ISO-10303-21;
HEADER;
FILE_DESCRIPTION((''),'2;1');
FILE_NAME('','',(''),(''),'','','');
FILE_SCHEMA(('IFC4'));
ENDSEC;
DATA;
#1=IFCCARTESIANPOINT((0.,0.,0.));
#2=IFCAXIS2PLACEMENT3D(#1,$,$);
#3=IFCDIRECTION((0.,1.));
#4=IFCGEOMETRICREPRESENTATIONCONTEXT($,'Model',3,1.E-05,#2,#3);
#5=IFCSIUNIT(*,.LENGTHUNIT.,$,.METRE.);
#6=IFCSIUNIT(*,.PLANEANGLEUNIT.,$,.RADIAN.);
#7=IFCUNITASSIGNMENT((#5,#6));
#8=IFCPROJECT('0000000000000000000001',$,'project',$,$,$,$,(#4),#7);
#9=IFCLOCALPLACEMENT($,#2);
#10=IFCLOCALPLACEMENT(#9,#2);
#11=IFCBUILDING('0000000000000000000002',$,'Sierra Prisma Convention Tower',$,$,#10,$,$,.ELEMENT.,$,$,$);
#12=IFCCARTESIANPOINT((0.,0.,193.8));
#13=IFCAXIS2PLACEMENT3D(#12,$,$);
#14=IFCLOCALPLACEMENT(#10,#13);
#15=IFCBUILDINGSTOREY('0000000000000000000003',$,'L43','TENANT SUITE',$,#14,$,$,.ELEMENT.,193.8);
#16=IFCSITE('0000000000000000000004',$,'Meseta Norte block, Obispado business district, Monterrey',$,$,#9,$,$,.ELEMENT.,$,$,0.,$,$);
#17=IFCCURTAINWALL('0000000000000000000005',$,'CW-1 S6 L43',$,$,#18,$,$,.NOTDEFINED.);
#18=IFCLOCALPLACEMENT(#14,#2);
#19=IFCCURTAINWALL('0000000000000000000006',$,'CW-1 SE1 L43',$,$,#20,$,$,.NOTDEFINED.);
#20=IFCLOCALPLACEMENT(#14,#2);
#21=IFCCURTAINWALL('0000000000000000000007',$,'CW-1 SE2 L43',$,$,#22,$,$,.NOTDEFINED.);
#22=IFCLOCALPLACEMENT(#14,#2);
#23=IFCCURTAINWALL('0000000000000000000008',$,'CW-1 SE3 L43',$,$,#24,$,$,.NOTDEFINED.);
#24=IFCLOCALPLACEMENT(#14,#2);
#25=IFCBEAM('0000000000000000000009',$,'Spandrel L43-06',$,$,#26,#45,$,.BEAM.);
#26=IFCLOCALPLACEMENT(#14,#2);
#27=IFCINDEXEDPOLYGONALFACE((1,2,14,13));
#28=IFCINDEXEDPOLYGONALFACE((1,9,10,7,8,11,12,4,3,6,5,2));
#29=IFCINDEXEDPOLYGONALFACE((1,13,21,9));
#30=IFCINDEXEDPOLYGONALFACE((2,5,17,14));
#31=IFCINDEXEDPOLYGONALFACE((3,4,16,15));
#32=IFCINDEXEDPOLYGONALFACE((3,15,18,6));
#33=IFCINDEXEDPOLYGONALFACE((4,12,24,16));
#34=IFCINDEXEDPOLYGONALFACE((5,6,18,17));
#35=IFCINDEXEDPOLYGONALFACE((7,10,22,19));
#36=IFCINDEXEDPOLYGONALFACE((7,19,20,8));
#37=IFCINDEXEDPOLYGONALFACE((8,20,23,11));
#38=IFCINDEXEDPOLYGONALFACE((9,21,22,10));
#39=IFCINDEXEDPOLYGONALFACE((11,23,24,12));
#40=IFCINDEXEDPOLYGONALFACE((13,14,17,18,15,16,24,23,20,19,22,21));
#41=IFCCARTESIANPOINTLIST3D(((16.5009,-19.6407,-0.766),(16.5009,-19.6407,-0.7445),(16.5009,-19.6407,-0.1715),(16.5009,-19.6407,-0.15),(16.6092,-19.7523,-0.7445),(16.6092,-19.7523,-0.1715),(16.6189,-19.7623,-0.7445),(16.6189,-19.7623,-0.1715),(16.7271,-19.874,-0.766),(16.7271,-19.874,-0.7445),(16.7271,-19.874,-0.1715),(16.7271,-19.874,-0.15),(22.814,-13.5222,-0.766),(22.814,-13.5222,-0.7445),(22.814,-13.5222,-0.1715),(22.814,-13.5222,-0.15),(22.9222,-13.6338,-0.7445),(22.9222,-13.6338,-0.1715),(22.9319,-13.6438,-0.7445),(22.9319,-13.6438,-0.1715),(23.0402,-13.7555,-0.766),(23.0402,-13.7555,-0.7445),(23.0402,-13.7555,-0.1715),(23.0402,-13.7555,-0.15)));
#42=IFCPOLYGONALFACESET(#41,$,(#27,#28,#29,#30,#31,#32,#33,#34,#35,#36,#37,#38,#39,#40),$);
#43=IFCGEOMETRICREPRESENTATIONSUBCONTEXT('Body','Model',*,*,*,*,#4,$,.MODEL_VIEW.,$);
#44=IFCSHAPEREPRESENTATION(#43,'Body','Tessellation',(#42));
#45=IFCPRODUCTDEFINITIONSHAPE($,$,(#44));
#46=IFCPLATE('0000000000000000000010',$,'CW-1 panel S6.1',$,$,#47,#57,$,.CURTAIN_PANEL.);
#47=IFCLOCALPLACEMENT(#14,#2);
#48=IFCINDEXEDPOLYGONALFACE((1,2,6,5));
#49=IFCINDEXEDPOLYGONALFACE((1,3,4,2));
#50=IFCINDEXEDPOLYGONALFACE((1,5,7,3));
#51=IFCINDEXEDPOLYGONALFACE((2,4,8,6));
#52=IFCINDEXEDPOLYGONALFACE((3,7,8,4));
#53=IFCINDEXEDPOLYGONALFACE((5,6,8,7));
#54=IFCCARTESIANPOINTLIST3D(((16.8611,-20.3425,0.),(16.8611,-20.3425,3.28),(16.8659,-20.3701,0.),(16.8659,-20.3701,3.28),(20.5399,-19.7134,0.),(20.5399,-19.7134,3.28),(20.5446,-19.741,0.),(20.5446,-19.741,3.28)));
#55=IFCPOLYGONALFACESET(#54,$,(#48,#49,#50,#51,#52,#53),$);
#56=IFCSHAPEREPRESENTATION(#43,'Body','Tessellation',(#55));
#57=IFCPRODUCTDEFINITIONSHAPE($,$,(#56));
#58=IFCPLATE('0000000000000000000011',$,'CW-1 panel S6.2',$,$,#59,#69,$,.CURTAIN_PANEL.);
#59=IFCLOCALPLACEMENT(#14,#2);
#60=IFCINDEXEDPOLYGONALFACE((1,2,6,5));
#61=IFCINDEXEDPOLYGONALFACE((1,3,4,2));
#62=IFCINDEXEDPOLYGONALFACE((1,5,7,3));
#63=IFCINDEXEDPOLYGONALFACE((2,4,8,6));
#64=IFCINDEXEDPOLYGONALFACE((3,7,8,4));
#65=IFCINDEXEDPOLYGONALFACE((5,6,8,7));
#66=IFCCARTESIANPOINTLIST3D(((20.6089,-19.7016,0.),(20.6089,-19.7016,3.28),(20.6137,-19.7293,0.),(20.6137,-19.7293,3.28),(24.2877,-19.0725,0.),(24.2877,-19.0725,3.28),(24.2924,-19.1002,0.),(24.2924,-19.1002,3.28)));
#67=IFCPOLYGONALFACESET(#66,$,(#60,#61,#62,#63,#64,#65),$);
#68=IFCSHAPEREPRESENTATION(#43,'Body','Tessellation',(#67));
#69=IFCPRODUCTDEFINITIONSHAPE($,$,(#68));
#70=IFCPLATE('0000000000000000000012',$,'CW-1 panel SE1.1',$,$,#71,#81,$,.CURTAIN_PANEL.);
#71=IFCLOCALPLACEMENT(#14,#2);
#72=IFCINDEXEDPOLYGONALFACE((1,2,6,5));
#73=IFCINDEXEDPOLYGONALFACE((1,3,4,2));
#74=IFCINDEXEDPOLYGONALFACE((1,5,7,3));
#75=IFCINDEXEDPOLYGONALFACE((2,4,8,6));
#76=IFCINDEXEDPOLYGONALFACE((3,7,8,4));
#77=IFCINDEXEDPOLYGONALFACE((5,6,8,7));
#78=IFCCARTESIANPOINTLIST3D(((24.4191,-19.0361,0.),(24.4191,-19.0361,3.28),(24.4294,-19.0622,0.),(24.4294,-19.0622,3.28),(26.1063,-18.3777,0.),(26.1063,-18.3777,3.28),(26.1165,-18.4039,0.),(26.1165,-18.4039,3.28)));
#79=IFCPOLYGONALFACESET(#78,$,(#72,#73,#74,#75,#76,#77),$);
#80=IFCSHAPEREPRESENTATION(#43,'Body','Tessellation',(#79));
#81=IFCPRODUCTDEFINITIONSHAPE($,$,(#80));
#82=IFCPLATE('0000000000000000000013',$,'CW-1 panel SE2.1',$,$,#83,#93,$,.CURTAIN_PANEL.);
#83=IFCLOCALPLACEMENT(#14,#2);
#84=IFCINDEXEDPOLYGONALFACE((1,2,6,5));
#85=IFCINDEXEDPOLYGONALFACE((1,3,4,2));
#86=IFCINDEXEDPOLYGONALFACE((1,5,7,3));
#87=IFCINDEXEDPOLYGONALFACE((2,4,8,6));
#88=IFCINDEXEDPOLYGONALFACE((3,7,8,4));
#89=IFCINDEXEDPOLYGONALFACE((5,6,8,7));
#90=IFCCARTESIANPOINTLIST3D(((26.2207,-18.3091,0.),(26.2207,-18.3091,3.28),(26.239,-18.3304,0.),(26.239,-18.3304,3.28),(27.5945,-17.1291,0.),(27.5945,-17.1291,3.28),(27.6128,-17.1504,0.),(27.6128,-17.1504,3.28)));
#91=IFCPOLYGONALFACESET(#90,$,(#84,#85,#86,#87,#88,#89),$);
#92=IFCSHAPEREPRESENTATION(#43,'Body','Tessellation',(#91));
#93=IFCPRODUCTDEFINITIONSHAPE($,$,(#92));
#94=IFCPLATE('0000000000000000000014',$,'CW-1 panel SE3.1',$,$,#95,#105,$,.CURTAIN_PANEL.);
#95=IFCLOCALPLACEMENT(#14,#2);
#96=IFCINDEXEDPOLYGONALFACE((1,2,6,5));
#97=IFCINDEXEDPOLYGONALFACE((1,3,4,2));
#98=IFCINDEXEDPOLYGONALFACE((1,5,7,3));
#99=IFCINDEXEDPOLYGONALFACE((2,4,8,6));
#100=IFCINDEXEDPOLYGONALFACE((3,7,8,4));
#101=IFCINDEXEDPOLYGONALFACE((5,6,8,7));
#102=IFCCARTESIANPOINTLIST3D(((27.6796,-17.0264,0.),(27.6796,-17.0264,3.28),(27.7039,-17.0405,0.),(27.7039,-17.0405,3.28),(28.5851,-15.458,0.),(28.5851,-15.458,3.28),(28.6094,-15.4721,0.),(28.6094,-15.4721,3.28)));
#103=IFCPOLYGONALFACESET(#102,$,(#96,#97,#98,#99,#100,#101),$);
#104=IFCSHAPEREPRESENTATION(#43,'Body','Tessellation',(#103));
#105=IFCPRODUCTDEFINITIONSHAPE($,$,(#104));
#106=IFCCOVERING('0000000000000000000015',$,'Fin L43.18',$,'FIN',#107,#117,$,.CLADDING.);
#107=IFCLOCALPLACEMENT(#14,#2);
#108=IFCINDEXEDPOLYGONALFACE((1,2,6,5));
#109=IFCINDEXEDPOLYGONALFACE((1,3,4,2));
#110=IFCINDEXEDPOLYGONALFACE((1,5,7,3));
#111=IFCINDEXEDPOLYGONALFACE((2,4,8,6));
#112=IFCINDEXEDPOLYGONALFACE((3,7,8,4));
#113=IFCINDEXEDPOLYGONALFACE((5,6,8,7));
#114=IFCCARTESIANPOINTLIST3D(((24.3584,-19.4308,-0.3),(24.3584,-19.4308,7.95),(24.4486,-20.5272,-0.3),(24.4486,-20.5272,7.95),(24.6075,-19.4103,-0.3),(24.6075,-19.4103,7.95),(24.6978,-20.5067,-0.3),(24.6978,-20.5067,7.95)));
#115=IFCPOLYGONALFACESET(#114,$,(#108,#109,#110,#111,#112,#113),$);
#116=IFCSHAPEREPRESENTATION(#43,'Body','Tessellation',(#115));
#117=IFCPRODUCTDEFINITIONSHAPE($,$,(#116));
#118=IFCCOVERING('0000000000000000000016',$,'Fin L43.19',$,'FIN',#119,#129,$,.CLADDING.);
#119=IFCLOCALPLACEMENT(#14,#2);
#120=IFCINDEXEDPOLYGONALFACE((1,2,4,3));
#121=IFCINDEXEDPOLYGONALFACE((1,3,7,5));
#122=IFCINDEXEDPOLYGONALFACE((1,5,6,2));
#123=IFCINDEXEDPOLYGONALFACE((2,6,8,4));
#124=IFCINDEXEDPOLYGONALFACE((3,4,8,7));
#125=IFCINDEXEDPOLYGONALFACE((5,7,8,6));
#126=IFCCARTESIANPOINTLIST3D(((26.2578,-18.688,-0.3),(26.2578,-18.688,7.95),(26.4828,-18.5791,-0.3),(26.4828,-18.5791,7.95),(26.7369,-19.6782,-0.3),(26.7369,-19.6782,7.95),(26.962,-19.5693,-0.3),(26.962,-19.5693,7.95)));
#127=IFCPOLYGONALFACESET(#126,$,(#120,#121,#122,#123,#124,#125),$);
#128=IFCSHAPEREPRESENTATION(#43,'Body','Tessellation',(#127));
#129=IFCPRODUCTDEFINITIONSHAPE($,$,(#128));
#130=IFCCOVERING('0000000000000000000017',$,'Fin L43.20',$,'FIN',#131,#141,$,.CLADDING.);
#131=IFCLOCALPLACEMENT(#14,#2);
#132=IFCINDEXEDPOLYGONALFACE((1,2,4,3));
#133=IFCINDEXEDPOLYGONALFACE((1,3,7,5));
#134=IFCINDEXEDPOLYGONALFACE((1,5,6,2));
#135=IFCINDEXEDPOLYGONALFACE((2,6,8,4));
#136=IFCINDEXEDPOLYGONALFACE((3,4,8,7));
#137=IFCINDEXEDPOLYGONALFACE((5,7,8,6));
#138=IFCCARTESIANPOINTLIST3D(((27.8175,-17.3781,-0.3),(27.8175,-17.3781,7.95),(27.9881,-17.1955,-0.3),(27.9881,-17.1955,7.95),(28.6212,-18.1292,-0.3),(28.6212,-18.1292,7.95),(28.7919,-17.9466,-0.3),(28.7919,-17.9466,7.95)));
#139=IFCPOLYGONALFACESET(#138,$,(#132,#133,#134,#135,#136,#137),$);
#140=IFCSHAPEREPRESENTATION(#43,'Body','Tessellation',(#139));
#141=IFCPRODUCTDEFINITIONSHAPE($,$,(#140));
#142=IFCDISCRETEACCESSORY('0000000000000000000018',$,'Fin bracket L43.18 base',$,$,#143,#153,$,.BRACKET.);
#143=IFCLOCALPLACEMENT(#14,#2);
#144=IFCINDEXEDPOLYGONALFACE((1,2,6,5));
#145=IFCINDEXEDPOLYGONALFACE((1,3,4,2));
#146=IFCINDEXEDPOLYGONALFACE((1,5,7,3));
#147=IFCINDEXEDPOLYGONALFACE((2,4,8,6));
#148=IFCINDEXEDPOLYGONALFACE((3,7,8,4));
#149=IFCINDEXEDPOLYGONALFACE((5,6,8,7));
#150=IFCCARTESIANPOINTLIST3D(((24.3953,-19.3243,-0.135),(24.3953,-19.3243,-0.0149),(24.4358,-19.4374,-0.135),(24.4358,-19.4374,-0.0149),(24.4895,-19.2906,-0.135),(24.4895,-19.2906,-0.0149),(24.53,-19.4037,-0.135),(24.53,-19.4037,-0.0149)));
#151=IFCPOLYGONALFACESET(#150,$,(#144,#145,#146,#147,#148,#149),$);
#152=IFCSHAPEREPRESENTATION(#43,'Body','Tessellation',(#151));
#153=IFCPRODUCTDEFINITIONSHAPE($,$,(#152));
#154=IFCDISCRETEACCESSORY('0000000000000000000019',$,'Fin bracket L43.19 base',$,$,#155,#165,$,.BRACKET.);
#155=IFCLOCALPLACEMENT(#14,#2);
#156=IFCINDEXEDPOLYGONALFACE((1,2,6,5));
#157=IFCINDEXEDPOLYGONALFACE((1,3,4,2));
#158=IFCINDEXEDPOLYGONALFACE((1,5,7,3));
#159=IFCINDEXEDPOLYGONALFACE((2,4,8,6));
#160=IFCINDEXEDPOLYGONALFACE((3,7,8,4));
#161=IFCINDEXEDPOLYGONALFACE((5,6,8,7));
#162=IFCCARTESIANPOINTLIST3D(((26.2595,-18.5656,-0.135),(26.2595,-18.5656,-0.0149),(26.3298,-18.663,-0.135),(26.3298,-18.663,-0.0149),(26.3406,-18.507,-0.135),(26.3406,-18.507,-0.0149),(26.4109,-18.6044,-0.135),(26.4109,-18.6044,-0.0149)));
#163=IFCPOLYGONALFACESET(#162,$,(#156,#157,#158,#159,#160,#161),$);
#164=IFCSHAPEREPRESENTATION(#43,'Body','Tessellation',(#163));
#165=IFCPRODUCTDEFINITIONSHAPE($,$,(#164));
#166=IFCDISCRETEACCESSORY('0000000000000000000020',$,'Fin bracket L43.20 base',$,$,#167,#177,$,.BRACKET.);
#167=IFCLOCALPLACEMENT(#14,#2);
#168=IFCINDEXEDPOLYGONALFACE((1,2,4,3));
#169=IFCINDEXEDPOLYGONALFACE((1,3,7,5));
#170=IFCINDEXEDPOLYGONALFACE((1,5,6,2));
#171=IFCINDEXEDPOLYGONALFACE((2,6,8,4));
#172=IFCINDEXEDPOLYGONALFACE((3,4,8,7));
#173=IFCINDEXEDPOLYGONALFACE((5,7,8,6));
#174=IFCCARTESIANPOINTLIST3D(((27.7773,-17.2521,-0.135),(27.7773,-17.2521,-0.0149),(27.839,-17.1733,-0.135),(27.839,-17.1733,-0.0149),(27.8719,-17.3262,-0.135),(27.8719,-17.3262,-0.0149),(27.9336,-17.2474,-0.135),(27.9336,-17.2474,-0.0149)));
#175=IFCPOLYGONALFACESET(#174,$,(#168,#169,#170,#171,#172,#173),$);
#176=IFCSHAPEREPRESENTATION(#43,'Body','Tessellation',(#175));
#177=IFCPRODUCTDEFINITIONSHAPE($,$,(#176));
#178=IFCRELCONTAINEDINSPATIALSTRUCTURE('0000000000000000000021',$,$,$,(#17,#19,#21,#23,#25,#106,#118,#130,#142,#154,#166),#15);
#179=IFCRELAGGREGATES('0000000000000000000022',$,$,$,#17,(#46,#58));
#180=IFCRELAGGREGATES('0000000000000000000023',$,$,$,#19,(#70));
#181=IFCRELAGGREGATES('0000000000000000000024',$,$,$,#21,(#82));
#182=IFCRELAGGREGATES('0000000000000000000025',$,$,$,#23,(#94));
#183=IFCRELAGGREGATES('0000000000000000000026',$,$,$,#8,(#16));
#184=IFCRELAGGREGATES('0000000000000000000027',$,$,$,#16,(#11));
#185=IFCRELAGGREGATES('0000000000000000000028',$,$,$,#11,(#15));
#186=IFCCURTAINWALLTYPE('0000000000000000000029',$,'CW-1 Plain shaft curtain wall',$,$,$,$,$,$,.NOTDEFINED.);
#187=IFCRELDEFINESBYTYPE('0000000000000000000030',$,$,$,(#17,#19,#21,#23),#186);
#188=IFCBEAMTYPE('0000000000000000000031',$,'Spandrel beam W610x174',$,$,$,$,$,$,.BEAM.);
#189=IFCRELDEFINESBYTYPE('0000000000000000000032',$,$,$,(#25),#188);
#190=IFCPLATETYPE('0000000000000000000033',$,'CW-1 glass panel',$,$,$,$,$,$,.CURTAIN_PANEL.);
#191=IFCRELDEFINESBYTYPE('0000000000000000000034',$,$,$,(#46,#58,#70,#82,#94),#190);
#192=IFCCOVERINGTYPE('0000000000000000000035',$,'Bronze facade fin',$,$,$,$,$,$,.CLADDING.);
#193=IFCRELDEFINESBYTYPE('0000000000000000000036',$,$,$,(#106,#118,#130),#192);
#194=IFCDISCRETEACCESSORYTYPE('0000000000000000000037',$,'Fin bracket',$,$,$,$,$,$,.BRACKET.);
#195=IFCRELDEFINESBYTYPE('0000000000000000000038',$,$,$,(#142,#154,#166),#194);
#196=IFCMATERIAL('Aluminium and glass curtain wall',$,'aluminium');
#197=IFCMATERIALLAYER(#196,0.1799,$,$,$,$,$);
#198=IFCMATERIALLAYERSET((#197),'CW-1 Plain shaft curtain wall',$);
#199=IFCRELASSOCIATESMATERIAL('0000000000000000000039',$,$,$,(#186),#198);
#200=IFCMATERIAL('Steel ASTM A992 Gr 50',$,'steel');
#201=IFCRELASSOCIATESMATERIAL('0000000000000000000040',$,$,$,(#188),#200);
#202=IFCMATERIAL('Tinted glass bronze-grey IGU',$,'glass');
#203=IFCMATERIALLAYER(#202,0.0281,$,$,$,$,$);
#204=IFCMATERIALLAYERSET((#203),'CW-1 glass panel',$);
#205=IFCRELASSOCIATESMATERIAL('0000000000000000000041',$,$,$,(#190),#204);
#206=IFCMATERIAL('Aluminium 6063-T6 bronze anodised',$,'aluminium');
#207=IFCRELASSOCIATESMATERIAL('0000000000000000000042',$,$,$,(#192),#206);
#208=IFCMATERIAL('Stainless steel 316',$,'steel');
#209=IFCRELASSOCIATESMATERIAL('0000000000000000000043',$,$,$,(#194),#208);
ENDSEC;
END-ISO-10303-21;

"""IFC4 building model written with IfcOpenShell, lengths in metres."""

from ifc_helpers import new_model, si_unit, direction, frame, origin, origin_2d, place, context, subcontext, project, spatial, rectangle, i_section, extrude, material, layer, layer_set, material_profile, profile_set, type_object, element, aggregate, save


model = new_model("IFC4")

# Units and contexts
model_context = context("Model", 3, precision=1e-05, world=origin(), true_north=direction((0.0, 1.0)))
body_context = subcontext(model_context, "Body", "Model", "MODEL_VIEW")
ifc_project = project(units=[si_unit("LENGTHUNIT", "METRE"), si_unit("PLANEANGLEUNIT", "RADIAN")], contexts=[model_context])

# Site, building, storey
site_placement = place(None, origin())
site = spatial("IfcSite", under=ifc_project, at=site_placement, Name="Meseta Norte block, Obispado business district, Monterrey", CompositionType="ELEMENT", RefElevation=0.0)
building_placement = place(site_placement, origin())
building = spatial("IfcBuilding", under=site, at=building_placement, Name="Sierra Prisma Convention Tower", CompositionType="ELEMENT")
storey_placement = place(building_placement, frame((0.0, 0.0, 193.8)))
storey = spatial("IfcBuildingStorey", under=building, at=storey_placement, Name="L43", Description="TENANT SUITE", CompositionType="ELEMENT", Elevation=193.8)

# Curtain walls
ifc_material_1 = material(Name="Aluminium and glass curtain wall", Category="aluminium")
ifc_layer_1 = layer(ifc_material_1, 0.1799)
ifc_layer_set_1 = layer_set([ifc_layer_1], Name="CW-1 Plain shaft curtain wall")
curtain_wall_type = type_object("IfcCurtainWallType", Name="CW-1 Plain shaft curtain wall", PredefinedType="NOTDEFINED", material=ifc_layer_set_1)
curtain_wall_1_placement = place(storey_placement, origin())
curtain_wall_1 = element("IfcCurtainWall", 1, at=curtain_wall_1_placement, inside=storey, type_object=curtain_wall_type, Name="CW-1 S6 L43", PredefinedType="NOTDEFINED")
curtain_wall_2_placement = place(storey_placement, origin())
curtain_wall_2 = element("IfcCurtainWall", 2, at=curtain_wall_2_placement, inside=storey, type_object=curtain_wall_type, Name="CW-1 SE1 L43", PredefinedType="NOTDEFINED")
curtain_wall_3_placement = place(storey_placement, origin())
curtain_wall_3 = element("IfcCurtainWall", 3, at=curtain_wall_3_placement, inside=storey, type_object=curtain_wall_type, Name="CW-1 SE2 L43", PredefinedType="NOTDEFINED")
curtain_wall_4_placement = place(storey_placement, origin())
curtain_wall_4 = element("IfcCurtainWall", 4, at=curtain_wall_4_placement, inside=storey, type_object=curtain_wall_type, Name="CW-1 SE3 L43", PredefinedType="NOTDEFINED")

# Beam
ifc_material_2 = material(Name="Steel ASTM A992 Gr 50", Category="steel")
ifc_material_profile_1 = material_profile(ifc_material_2, i_section(OverallWidth=0.325, OverallDepth=0.616, WebThickness=0.0139, FlangeThickness=0.0215, at=origin_2d()), Name="W610x174")
ifc_profile_set_1 = profile_set([ifc_material_profile_1], Name="Steel ASTM A992 Gr 50")
beam_type_1 = type_object("IfcBeamType", Name="Spandrel beam W610x174", PredefinedType="BEAM", material=ifc_profile_set_1)
beam_1_placement = place(storey_placement, frame((16.614, -19.7573, -0.458), z_axis=(0.718087, 0.695954, 0.0), x_axis=(-0.695954, 0.718087, 0.0)))
element("IfcBeam", 5, at=beam_1_placement, inside=storey, type_object=beam_type_1, Name="Spandrel L43-06", PredefinedType="BEAM", context=body_context, shape_type="SweptSolid", body=[
    extrude(i_section(OverallWidth=0.325, OverallDepth=0.616, WebThickness=0.0139, FlangeThickness=0.0215, at=origin_2d()), origin(), (0.0, 0.0, 1.0), 8.7915),
])

# Plates
ifc_material_3 = material(Name="Tinted glass bronze-grey IGU", Category="glass")
ifc_layer_2 = layer(ifc_material_3, 0.0281)
ifc_layer_set_2 = layer_set([ifc_layer_2], Name="CW-1 glass panel")
plate_type = type_object("IfcPlateType", Name="CW-1 glass panel", PredefinedType="CURTAIN_PANEL", material=ifc_layer_set_2)
plate_1_placement = place(storey_placement, frame((18.7029, -20.0417, 0.0), z_axis=(0.0, 0.0, 1.0), x_axis=(0.985691, 0.168563, 0.0)))
plate_1 = element("IfcPlate", 6, at=plate_1_placement, type_object=plate_type, Name="CW-1 panel S6.1", PredefinedType="CURTAIN_PANEL", context=body_context, shape_type="SweptSolid", body=[
    extrude(rectangle(XDim=3.7322, YDim=0.0281, at=origin_2d()), origin(), (0.0, 0.0, 1.0), 3.28),
])
plate_2_placement = place(storey_placement, frame((22.4507, -19.4009, 0.0), z_axis=(0.0, 0.0, 1.0), x_axis=(0.985691, 0.168563, 0.0)))
plate_2 = element("IfcPlate", 7, at=plate_2_placement, type_object=plate_type, Name="CW-1 panel S6.2", PredefinedType="CURTAIN_PANEL", context=body_context, shape_type="SweptSolid", body=[
    extrude(rectangle(XDim=3.7322, YDim=0.0281, at=origin_2d()), origin(), (0.0, 0.0, 1.0), 3.28),
])
aggregate(curtain_wall_1, [plate_1, plate_2])
plate_3_placement = place(storey_placement, frame((25.2678, -18.72, 0.0), z_axis=(0.0, 0.0, 1.0), x_axis=(0.931589, 0.363513, 0.0)))
plate_3 = element("IfcPlate", 8, at=plate_3_placement, type_object=plate_type, Name="CW-1 panel SE1.1", PredefinedType="CURTAIN_PANEL", context=body_context, shape_type="SweptSolid", body=[
    extrude(rectangle(XDim=1.811, YDim=0.0281, at=origin_2d()), origin(), (0.0, 0.0, 1.0), 3.28),
])
aggregate(curtain_wall_2, [plate_3])
plate_4_placement = place(storey_placement, frame((26.9167, -17.7297, 0.0), z_axis=(0.0, 0.0, 1.0), x_axis=(0.758612, 0.651543, 0.0)))
plate_4 = element("IfcPlate", 9, at=plate_4_placement, type_object=plate_type, Name="CW-1 panel SE2.1", PredefinedType="CURTAIN_PANEL", context=body_context, shape_type="SweptSolid", body=[
    extrude(rectangle(XDim=1.811, YDim=0.0281, at=origin_2d()), origin(), (0.0, 0.0, 1.0), 3.28),
])
aggregate(curtain_wall_3, [plate_4])
plate_5_placement = place(storey_placement, frame((28.1445, -16.2493, 0.0), z_axis=(0.0, 0.0, 1.0), x_axis=(0.5, 0.866025, 0.0)))
plate_5 = element("IfcPlate", 10, at=plate_5_placement, type_object=plate_type, Name="CW-1 panel SE3.1", PredefinedType="CURTAIN_PANEL", context=body_context, shape_type="SweptSolid", body=[
    extrude(rectangle(XDim=1.811, YDim=0.0281, at=origin_2d()), origin(), (0.0, 0.0, 1.0), 3.28),
])
aggregate(curtain_wall_4, [plate_5])

# Coverings
ifc_material_4 = material(Name="Aluminium 6063-T6 bronze anodised", Category="aluminium")
ifc_material_profile_2 = material_profile(ifc_material_4, rectangle(XDim=1.1001, YDim=0.25, at=origin_2d()), Name="ALU FIN 1100x250")
ifc_profile_set_2 = profile_set([ifc_material_profile_2], Name="Aluminium 6063-T6 bronze anodised")
covering_type = type_object("IfcCoveringType", Name="Bronze facade fin", PredefinedType="CLADDING", material=ifc_profile_set_2)
for number, where, z_axis, x_axis, name in (
    (11, (24.5281, -19.9688, -0.3), (0.0, 0.0, 1.0), (0.082013, -0.996631, 0.0), "Fin L43.18"),
    (12, (26.6099, -19.1287, -0.3), (0.0, 0.0, 1.0), (0.435586, -0.900147, 0.0), "Fin L43.19"),
    (13, (28.3047, -17.6624, -0.3), (0.0, 0.0, 1.0), (0.730649, -0.682753, 0.0), "Fin L43.20"),
):
    element("IfcCovering", number, at=place(storey_placement, frame(where, z_axis=z_axis, x_axis=x_axis)), inside=storey, type_object=covering_type, Name=name, ObjectType="FIN", PredefinedType="CLADDING", context=body_context, shape_type="SweptSolid", body=[
        extrude(rectangle(XDim=1.1001, YDim=0.25, at=origin_2d()), origin(), (0.0, 0.0, 1.0), 8.25),
    ])

# Discrete accessories
ifc_material_5 = material(Name="Stainless steel 316", Category="steel")
discrete_accessory_type = type_object("IfcDiscreteAccessoryType", Name="Fin bracket", PredefinedType="BRACKET", material=ifc_material_5)
for number, where, z_axis, x_axis, name in (
    (14, (24.4626, -19.364, -0.135), (0.0, 0.0, 1.0), (0.337165, -0.941445, 0.0), "Fin bracket L43.18 base"),
    (15, (26.3352, -18.585, -0.135), (0.0, 0.0, 1.0), (0.585277, -0.810833, 0.0), "Fin bracket L43.19 base"),
    (16, (27.8555, -17.2498, -0.135), (0.0, 0.0, 1.0), (0.787375, -0.616475, 0.0), "Fin bracket L43.20 base"),
):
    element("IfcDiscreteAccessory", number, at=place(storey_placement, frame(where, z_axis=z_axis, x_axis=x_axis)), inside=storey, type_object=discrete_accessory_type, Name=name, PredefinedType="BRACKET", context=body_context, shape_type="SweptSolid", body=[
        extrude(rectangle(XDim=0.1201, YDim=0.1001, at=origin_2d()), origin(), (0.0, 0.0, 1.0), 0.1201),
    ])

save(model, "model.ifc")
